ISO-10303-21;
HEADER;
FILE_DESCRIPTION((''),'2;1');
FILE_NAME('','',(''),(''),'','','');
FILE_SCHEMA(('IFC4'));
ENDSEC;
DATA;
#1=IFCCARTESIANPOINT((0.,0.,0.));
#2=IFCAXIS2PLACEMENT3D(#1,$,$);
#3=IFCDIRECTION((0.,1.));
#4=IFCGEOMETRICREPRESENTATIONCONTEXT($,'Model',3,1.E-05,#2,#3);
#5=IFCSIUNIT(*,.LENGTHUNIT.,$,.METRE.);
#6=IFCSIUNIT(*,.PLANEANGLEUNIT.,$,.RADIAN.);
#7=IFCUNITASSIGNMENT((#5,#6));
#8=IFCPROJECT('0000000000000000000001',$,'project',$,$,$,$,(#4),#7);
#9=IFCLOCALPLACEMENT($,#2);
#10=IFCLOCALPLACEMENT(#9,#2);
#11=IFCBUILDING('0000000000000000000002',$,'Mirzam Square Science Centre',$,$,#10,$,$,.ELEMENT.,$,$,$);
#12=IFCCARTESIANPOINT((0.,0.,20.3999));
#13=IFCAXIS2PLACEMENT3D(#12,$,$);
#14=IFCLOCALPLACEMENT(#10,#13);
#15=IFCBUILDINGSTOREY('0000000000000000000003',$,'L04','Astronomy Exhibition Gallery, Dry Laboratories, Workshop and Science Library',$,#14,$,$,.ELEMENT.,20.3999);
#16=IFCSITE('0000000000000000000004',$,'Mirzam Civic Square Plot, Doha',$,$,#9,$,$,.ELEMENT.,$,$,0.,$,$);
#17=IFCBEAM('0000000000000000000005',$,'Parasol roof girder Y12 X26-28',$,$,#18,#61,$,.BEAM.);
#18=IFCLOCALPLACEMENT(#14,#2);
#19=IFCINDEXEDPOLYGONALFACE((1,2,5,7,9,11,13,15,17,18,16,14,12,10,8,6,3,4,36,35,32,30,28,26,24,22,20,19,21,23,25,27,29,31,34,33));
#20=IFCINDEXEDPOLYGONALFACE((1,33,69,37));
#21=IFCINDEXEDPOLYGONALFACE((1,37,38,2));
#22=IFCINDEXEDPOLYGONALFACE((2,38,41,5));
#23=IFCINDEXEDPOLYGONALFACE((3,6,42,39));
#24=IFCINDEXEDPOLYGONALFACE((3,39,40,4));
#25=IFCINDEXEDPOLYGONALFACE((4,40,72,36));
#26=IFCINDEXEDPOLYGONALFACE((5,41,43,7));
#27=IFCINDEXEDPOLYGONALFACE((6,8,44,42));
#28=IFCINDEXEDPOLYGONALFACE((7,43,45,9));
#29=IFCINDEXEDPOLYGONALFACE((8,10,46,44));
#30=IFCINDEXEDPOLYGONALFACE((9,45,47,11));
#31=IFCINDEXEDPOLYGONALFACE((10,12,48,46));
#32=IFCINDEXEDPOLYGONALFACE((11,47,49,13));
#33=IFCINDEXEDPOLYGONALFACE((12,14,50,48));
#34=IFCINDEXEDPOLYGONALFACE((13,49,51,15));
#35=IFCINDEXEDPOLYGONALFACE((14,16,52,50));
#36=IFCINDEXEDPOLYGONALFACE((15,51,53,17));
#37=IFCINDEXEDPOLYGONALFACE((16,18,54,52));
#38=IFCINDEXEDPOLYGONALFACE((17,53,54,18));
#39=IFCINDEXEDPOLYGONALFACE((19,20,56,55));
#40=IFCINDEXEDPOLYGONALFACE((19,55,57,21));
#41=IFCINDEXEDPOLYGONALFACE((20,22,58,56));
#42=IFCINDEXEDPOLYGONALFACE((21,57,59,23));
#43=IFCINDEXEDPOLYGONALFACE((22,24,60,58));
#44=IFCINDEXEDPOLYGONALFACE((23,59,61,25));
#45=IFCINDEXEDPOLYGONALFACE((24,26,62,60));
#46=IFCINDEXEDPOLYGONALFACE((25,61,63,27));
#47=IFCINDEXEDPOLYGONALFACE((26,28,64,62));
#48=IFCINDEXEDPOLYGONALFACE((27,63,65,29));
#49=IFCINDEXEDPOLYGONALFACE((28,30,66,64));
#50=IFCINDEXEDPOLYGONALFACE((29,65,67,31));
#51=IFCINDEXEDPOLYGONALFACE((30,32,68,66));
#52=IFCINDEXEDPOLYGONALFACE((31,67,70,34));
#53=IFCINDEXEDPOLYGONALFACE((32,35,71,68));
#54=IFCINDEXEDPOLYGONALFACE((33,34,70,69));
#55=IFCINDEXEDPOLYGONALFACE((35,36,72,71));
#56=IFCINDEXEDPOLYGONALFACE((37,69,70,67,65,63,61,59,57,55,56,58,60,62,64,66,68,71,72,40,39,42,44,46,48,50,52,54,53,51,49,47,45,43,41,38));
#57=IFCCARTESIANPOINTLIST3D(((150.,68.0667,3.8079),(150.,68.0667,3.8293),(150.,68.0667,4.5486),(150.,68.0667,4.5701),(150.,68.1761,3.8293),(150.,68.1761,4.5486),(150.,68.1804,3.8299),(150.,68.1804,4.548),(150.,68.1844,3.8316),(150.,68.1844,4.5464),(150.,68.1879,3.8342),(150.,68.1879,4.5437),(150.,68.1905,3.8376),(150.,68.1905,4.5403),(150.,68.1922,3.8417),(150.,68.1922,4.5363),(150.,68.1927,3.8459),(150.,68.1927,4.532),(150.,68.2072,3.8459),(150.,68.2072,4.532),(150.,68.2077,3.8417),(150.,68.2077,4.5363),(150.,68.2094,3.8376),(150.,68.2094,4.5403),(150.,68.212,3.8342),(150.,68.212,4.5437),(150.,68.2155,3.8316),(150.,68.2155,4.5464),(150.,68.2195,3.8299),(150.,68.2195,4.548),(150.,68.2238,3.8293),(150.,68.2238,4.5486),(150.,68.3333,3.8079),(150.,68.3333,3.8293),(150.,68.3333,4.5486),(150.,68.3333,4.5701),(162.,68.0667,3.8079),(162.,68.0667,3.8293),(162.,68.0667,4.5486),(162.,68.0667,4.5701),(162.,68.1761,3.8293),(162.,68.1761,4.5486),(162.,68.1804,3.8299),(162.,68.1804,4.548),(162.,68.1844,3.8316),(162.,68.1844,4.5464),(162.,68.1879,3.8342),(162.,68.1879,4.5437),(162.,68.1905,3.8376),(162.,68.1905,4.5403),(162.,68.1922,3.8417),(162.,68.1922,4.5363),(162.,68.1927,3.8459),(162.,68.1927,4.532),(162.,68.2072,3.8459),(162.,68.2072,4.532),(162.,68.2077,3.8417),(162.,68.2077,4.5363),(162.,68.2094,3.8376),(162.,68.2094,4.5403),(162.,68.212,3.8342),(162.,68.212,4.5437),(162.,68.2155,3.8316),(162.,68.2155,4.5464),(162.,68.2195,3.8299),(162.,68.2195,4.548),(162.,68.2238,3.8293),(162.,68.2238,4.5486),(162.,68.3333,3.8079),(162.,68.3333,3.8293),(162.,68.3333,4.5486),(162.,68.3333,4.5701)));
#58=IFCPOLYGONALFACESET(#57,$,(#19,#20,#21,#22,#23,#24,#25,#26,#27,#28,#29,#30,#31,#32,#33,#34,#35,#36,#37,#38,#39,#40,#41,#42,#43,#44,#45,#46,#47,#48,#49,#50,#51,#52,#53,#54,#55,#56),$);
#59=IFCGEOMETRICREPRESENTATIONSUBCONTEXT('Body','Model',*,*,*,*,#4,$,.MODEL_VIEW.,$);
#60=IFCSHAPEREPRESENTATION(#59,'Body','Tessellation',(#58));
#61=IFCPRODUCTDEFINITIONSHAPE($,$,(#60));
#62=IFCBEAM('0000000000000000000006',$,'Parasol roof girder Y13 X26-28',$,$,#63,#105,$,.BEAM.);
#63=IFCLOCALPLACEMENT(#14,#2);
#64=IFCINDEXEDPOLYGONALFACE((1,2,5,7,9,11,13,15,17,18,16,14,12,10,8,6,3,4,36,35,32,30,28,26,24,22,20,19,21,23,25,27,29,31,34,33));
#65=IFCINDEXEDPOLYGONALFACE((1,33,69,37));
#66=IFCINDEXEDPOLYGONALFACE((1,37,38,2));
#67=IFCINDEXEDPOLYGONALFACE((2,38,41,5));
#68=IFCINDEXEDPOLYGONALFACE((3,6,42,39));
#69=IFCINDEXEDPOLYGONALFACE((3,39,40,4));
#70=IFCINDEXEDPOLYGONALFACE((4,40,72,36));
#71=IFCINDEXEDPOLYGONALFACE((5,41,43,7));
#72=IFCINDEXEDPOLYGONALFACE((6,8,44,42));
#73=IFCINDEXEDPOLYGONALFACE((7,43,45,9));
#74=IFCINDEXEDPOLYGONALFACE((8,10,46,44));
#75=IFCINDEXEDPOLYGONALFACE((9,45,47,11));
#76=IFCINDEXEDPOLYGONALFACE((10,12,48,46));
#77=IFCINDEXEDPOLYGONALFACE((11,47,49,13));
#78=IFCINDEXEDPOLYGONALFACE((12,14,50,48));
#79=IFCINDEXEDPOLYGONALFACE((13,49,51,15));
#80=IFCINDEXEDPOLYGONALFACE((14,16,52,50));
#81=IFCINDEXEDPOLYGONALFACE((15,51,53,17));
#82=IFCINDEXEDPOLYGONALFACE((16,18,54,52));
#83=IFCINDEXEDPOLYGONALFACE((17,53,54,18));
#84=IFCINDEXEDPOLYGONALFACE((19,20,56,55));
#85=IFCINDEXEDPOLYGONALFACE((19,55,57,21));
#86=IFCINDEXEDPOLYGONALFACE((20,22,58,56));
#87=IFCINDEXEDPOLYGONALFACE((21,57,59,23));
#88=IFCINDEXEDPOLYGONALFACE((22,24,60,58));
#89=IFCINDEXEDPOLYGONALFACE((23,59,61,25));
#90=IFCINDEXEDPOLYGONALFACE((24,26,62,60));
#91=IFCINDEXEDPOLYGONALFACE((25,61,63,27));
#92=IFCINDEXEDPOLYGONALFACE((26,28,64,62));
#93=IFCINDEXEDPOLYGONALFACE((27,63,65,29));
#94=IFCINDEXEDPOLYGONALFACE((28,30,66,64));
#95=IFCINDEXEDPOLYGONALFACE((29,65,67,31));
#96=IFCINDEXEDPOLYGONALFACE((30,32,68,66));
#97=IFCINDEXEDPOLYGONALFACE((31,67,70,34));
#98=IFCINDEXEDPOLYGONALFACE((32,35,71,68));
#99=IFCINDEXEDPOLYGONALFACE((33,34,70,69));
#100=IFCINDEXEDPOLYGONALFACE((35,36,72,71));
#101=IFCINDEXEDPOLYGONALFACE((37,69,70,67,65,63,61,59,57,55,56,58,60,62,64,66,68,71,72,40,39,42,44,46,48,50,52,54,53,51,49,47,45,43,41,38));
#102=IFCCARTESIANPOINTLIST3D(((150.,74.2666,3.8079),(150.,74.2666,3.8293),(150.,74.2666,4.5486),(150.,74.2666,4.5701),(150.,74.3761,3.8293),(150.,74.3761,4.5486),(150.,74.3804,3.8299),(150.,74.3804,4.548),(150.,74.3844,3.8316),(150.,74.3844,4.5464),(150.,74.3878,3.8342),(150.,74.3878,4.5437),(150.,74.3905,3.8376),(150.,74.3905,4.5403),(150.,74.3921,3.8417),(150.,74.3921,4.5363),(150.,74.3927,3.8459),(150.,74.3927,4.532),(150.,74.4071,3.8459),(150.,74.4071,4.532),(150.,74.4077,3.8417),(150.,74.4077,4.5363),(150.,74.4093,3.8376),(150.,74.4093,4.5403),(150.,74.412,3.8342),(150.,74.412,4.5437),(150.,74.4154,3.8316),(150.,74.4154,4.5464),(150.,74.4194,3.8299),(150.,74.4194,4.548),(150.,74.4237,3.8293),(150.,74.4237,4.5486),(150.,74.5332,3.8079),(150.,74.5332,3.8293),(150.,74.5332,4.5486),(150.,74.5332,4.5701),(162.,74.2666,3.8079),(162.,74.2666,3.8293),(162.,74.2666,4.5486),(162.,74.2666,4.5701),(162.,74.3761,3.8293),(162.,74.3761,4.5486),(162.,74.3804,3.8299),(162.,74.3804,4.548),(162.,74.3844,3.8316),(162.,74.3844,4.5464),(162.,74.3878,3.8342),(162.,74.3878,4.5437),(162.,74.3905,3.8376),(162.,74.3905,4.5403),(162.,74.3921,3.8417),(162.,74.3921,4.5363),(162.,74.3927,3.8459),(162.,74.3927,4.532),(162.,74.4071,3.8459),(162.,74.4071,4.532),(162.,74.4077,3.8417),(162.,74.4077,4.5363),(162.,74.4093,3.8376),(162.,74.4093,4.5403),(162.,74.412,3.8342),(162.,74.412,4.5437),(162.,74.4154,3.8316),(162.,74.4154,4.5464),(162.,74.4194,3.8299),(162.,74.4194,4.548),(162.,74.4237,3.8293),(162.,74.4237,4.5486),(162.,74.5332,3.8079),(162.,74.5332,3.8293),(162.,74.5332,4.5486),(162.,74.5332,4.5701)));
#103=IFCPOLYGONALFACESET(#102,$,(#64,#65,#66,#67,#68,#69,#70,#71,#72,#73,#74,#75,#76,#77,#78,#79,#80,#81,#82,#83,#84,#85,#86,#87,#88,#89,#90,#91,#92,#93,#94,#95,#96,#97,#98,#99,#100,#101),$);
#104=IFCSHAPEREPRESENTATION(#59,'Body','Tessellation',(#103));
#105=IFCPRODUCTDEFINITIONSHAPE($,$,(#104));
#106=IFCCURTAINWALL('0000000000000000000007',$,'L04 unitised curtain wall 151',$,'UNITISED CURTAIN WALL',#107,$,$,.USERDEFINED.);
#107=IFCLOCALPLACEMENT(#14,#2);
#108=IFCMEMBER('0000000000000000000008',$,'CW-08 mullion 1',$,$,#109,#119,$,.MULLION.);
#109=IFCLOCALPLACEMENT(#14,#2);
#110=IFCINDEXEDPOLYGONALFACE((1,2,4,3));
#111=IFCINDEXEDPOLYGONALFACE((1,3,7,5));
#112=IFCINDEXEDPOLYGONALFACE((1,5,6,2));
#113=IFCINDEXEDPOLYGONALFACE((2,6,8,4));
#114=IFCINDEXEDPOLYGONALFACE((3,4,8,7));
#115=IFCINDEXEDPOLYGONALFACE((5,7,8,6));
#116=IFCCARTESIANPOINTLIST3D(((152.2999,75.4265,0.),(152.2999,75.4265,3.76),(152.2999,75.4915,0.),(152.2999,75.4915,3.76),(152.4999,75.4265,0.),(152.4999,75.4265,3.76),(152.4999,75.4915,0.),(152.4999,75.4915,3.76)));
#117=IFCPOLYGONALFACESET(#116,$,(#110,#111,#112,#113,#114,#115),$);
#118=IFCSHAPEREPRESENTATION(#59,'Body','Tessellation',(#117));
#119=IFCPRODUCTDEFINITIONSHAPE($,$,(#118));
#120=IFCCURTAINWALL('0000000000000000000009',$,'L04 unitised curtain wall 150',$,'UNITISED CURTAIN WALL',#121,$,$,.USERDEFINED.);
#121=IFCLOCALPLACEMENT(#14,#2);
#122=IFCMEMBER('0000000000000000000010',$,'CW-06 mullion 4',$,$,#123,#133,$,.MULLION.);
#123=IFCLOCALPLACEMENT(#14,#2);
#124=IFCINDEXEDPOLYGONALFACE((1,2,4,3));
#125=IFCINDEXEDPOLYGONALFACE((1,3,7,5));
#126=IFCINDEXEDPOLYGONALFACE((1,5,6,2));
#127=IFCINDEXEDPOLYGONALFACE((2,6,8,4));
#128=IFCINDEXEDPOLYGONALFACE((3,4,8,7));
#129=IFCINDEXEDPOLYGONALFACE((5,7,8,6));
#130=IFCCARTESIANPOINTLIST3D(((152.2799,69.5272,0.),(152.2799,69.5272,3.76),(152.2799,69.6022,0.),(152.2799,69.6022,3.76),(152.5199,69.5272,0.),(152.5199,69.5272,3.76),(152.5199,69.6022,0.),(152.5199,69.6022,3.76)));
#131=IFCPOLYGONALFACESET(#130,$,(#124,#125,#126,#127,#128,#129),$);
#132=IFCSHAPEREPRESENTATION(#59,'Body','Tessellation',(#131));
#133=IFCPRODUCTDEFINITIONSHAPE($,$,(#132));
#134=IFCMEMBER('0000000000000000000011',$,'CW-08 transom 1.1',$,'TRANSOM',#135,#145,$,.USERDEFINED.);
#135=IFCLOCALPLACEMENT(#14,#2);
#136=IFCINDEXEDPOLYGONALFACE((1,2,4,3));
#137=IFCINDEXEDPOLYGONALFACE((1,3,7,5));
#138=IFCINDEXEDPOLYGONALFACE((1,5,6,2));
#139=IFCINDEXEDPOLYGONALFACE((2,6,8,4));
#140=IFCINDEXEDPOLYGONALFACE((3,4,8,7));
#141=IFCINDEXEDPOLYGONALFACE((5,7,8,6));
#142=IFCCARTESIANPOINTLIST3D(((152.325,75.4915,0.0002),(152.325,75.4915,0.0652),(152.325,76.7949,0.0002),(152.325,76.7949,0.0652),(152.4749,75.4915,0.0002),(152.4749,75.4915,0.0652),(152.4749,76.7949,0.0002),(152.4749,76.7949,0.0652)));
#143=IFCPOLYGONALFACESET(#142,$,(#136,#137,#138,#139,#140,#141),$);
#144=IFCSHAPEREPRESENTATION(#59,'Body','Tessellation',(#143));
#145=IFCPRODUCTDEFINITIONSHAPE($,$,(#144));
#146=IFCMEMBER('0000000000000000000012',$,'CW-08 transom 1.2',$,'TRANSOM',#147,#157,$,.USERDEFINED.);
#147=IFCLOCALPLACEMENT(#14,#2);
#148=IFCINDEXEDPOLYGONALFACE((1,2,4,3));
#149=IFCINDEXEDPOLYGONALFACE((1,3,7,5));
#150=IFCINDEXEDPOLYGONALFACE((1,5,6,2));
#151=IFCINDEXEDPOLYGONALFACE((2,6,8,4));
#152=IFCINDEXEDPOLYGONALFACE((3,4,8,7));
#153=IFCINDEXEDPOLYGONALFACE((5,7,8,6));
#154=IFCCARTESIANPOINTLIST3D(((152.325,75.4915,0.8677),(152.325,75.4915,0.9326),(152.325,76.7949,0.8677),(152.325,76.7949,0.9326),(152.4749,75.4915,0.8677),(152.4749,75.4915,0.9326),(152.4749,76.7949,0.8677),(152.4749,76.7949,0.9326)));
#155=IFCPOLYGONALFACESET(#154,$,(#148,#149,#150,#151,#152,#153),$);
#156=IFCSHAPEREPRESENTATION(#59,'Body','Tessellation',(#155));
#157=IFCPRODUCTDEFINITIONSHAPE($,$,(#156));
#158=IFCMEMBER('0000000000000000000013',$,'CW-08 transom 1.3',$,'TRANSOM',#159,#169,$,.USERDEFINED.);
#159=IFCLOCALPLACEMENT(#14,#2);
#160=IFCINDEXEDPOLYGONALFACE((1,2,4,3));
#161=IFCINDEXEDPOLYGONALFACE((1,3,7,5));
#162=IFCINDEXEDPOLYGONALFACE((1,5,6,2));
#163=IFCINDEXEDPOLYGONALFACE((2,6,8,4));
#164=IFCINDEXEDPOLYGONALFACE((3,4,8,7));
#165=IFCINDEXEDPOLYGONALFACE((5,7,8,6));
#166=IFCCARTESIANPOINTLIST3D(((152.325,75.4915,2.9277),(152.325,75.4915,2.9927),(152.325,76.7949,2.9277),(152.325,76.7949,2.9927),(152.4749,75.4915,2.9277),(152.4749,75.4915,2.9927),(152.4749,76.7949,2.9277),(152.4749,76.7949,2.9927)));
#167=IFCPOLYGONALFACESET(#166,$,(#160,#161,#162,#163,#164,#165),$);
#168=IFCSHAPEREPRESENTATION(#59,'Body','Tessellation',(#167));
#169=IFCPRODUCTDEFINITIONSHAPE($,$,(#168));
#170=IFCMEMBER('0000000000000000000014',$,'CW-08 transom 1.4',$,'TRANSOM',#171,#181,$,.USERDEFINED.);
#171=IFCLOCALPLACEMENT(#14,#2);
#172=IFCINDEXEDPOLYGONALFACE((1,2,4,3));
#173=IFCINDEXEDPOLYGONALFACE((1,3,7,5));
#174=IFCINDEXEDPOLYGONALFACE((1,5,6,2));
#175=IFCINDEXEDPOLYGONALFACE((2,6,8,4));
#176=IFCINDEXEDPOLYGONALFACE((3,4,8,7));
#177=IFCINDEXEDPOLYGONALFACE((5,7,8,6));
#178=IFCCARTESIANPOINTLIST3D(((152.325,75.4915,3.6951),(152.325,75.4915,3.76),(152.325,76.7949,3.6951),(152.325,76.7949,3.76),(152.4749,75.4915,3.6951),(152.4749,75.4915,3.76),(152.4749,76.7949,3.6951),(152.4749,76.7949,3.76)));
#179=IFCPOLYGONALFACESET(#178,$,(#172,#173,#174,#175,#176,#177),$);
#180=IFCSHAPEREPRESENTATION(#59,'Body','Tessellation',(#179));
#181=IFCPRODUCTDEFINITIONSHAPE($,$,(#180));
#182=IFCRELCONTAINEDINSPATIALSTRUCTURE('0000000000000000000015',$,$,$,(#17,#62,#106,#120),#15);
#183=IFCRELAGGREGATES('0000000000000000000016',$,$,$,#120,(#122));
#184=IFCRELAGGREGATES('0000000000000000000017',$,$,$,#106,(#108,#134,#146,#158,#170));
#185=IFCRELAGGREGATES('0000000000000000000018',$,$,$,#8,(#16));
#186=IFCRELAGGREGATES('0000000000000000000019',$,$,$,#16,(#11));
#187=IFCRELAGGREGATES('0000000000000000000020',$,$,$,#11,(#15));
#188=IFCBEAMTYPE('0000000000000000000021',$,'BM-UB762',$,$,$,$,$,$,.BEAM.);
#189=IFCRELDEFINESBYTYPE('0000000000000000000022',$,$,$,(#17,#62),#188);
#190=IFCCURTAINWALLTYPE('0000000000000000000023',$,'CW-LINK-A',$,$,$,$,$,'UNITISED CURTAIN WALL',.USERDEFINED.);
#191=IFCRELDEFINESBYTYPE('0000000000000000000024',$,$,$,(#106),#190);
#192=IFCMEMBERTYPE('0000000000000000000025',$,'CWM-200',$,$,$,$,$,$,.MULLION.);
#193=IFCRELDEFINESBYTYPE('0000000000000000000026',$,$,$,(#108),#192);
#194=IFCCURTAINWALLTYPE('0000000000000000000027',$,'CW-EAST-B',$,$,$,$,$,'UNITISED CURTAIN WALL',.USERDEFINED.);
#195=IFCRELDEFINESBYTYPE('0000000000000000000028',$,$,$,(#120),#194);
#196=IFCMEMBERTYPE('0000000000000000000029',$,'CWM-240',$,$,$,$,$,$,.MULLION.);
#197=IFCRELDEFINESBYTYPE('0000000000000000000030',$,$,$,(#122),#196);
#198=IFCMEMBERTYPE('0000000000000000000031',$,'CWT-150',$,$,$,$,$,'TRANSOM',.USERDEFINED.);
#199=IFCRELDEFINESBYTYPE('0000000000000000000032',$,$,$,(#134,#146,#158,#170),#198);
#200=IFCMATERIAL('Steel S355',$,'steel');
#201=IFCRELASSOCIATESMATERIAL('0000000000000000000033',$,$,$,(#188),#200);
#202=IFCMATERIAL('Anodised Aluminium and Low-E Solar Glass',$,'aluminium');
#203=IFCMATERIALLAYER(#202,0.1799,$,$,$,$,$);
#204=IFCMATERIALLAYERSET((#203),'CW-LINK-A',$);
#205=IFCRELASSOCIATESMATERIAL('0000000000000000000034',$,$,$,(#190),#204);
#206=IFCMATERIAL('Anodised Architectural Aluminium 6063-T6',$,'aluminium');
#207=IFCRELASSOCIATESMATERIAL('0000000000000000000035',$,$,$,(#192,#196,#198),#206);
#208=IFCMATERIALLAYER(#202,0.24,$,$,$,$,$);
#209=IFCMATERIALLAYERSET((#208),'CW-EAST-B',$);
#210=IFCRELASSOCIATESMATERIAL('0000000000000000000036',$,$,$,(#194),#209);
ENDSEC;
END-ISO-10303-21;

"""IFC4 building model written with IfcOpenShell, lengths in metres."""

from ifc_helpers import new_model, si_unit, direction, frame, origin, origin_2d, place, context, subcontext, project, spatial, rectangle, i_section, extrude, material, layer, layer_set, material_profile, profile_set, type_object, element, aggregate, save


model = new_model("IFC4")

# Units and contexts
model_context = context("Model", 3, precision=1e-05, world=origin(), true_north=direction((0.0, 1.0)))
body_context = subcontext(model_context, "Body", "Model", "MODEL_VIEW")
ifc_project = project(units=[si_unit("LENGTHUNIT", "METRE"), si_unit("PLANEANGLEUNIT", "RADIAN")], contexts=[model_context])

# Site, building, storey
site_placement = place(None, origin())
site = spatial("IfcSite", under=ifc_project, at=site_placement, Name="Mirzam Civic Square Plot, Doha", CompositionType="ELEMENT", RefElevation=0.0)
building_placement = place(site_placement, origin())
building = spatial("IfcBuilding", under=site, at=building_placement, Name="Mirzam Square Science Centre", CompositionType="ELEMENT")
storey_placement = place(building_placement, frame((0.0, 0.0, 20.3999)))
storey = spatial("IfcBuildingStorey", under=building, at=storey_placement, Name="L04", Description="Astronomy Exhibition Gallery, Dry Laboratories, Workshop and Science Library", CompositionType="ELEMENT", Elevation=20.3999)

# Shared definitions
ifc_material_1 = material(Name="Steel S355", Category="steel")

# Beams
ifc_material_profile_1 = material_profile(ifc_material_1, i_section(OverallWidth=0.2666, OverallDepth=0.7622, WebThickness=0.0144, FlangeThickness=0.0215, FilletRadius=0.0166, at=origin_2d()), Name="762x267x173UB")
ifc_profile_set_1 = profile_set([ifc_material_profile_1], Name="Steel S355")
beam_type_1 = type_object("IfcBeamType", Name="BM-UB762", PredefinedType="BEAM", material=ifc_profile_set_1)
for number, where, z_axis, x_axis, name in (
    (1, (150.0, 68.2, 4.189), (1.0, 0.0, 0.0), (0.0, 1.0, 0.0), "Parasol roof girder Y12 X26-28"),
    (2, (150.0, 74.3999, 4.189), (1.0, 0.0, 0.0), (0.0, 1.0, 0.0), "Parasol roof girder Y13 X26-28"),
):
    element("IfcBeam", number, at=place(storey_placement, frame(where, z_axis=z_axis, x_axis=x_axis)), inside=storey, type_object=beam_type_1, Name=name, PredefinedType="BEAM", context=body_context, shape_type="SweptSolid", body=[
        extrude(i_section(OverallWidth=0.2666, OverallDepth=0.7622, WebThickness=0.0144, FlangeThickness=0.0215, FilletRadius=0.0166, at=origin_2d()), origin(), (0.0, 0.0, 1.0), 12.0),
    ])

# Curtain walls, members
ifc_material_2 = material(Name="Anodised Aluminium and Low-E Solar Glass", Category="aluminium")
ifc_layer_1 = layer(ifc_material_2, 0.1799)
ifc_layer_set_1 = layer_set([ifc_layer_1], Name="CW-LINK-A")
curtain_wall_type_1 = type_object("IfcCurtainWallType", Name="CW-LINK-A", ElementType="UNITISED CURTAIN WALL", PredefinedType="USERDEFINED", material=ifc_layer_set_1)
curtain_wall_1_placement = place(storey_placement, origin())
curtain_wall_1 = element("IfcCurtainWall", 3, at=curtain_wall_1_placement, inside=storey, type_object=curtain_wall_type_1, Name="L04 unitised curtain wall 151", ObjectType="UNITISED CURTAIN WALL", PredefinedType="USERDEFINED")
ifc_material_3 = material(Name="Anodised Architectural Aluminium 6063-T6", Category="aluminium")
ifc_material_profile_2 = material_profile(ifc_material_3, rectangle(XDim=0.0649, YDim=0.2, at=origin_2d()), Name="ALU-MULL-200x65x5")
ifc_profile_set_2 = profile_set([ifc_material_profile_2], Name="Anodised Architectural Aluminium 6063-T6")
member_type_1 = type_object("IfcMemberType", Name="CWM-200", PredefinedType="MULLION", material=ifc_profile_set_2)
member_1_placement = place(storey_placement, frame((152.3999, 75.459, 0.0), z_axis=(0.0, 0.0, 1.0), x_axis=(0.0, 1.0, 0.0)))
member_1 = element("IfcMember", 4, at=member_1_placement, type_object=member_type_1, Name="CW-08 mullion 1", PredefinedType="MULLION", context=body_context, shape_type="SweptSolid", body=[
    extrude(rectangle(XDim=0.0649, YDim=0.2, at=origin_2d()), origin(), (0.0, 0.0, 1.0), 3.76),
])
ifc_layer_2 = layer(ifc_material_2, 0.24)
ifc_layer_set_2 = layer_set([ifc_layer_2], Name="CW-EAST-B")
curtain_wall_type_2 = type_object("IfcCurtainWallType", Name="CW-EAST-B", ElementType="UNITISED CURTAIN WALL", PredefinedType="USERDEFINED", material=ifc_layer_set_2)
curtain_wall_2_placement = place(storey_placement, origin())
curtain_wall_2 = element("IfcCurtainWall", 5, at=curtain_wall_2_placement, inside=storey, type_object=curtain_wall_type_2, Name="L04 unitised curtain wall 150", ObjectType="UNITISED CURTAIN WALL", PredefinedType="USERDEFINED")
ifc_material_profile_3 = material_profile(ifc_material_3, rectangle(XDim=0.075, YDim=0.24, at=origin_2d()), Name="ALU-MULL-240x75x5")
ifc_profile_set_3 = profile_set([ifc_material_profile_3], Name="Anodised Architectural Aluminium 6063-T6")
member_type_2 = type_object("IfcMemberType", Name="CWM-240", PredefinedType="MULLION", material=ifc_profile_set_3)
member_2_placement = place(storey_placement, frame((152.3999, 69.5647, 0.0), z_axis=(0.0, 0.0, 1.0), x_axis=(0.0, 1.0, 0.0)))
member_2 = element("IfcMember", 6, at=member_2_placement, type_object=member_type_2, Name="CW-06 mullion 4", PredefinedType="MULLION", context=body_context, shape_type="SweptSolid", body=[
    extrude(rectangle(XDim=0.075, YDim=0.24, at=origin_2d()), origin(), (0.0, 0.0, 1.0), 3.76),
])

# Members
ifc_material_profile_4 = material_profile(ifc_material_3, rectangle(XDim=0.1499, YDim=0.0649, at=origin_2d()), Name="ALU-TRAN-150x65x4")
ifc_profile_set_4 = profile_set([ifc_material_profile_4], Name="Anodised Architectural Aluminium 6063-T6")
member_type_3 = type_object("IfcMemberType", Name="CWT-150", ElementType="TRANSOM", PredefinedType="USERDEFINED", material=ifc_profile_set_4)
member_3_placement = place(storey_placement, frame((152.3999, 75.4915, 0.0327), z_axis=(0.0, 1.0, 0.0), x_axis=(-1.0, 0.0, 0.0)))
member_3 = element("IfcMember", 7, at=member_3_placement, type_object=member_type_3, Name="CW-08 transom 1.1", ObjectType="TRANSOM", PredefinedType="USERDEFINED", context=body_context, shape_type="SweptSolid", body=[
    extrude(rectangle(XDim=0.1499, YDim=0.0649, at=origin_2d()), origin(), (0.0, 0.0, 1.0), 1.3035),
])
member_4_placement = place(storey_placement, frame((152.3999, 75.4915, 0.9001), z_axis=(0.0, 1.0, 0.0), x_axis=(-1.0, 0.0, 0.0)))
member_4 = element("IfcMember", 8, at=member_4_placement, type_object=member_type_3, Name="CW-08 transom 1.2", ObjectType="TRANSOM", PredefinedType="USERDEFINED", context=body_context, shape_type="SweptSolid", body=[
    extrude(rectangle(XDim=0.1499, YDim=0.0649, at=origin_2d()), origin(), (0.0, 0.0, 1.0), 1.3035),
])
member_5_placement = place(storey_placement, frame((152.3999, 75.4915, 2.9602), z_axis=(0.0, 1.0, 0.0), x_axis=(-1.0, 0.0, 0.0)))
member_5 = element("IfcMember", 9, at=member_5_placement, type_object=member_type_3, Name="CW-08 transom 1.3", ObjectType="TRANSOM", PredefinedType="USERDEFINED", context=body_context, shape_type="SweptSolid", body=[
    extrude(rectangle(XDim=0.1499, YDim=0.0649, at=origin_2d()), origin(), (0.0, 0.0, 1.0), 1.3035),
])
member_6_placement = place(storey_placement, frame((152.3999, 75.4915, 3.7275), z_axis=(0.0, 1.0, 0.0), x_axis=(-1.0, 0.0, 0.0)))
member_6 = element("IfcMember", 10, at=member_6_placement, type_object=member_type_3, Name="CW-08 transom 1.4", ObjectType="TRANSOM", PredefinedType="USERDEFINED", context=body_context, shape_type="SweptSolid", body=[
    extrude(rectangle(XDim=0.1499, YDim=0.0649, at=origin_2d()), origin(), (0.0, 0.0, 1.0), 1.3035),
])

aggregate(curtain_wall_2, [member_2])
aggregate(curtain_wall_1, [member_1, member_3, member_4, member_5, member_6])

save(model, "model.ifc")
